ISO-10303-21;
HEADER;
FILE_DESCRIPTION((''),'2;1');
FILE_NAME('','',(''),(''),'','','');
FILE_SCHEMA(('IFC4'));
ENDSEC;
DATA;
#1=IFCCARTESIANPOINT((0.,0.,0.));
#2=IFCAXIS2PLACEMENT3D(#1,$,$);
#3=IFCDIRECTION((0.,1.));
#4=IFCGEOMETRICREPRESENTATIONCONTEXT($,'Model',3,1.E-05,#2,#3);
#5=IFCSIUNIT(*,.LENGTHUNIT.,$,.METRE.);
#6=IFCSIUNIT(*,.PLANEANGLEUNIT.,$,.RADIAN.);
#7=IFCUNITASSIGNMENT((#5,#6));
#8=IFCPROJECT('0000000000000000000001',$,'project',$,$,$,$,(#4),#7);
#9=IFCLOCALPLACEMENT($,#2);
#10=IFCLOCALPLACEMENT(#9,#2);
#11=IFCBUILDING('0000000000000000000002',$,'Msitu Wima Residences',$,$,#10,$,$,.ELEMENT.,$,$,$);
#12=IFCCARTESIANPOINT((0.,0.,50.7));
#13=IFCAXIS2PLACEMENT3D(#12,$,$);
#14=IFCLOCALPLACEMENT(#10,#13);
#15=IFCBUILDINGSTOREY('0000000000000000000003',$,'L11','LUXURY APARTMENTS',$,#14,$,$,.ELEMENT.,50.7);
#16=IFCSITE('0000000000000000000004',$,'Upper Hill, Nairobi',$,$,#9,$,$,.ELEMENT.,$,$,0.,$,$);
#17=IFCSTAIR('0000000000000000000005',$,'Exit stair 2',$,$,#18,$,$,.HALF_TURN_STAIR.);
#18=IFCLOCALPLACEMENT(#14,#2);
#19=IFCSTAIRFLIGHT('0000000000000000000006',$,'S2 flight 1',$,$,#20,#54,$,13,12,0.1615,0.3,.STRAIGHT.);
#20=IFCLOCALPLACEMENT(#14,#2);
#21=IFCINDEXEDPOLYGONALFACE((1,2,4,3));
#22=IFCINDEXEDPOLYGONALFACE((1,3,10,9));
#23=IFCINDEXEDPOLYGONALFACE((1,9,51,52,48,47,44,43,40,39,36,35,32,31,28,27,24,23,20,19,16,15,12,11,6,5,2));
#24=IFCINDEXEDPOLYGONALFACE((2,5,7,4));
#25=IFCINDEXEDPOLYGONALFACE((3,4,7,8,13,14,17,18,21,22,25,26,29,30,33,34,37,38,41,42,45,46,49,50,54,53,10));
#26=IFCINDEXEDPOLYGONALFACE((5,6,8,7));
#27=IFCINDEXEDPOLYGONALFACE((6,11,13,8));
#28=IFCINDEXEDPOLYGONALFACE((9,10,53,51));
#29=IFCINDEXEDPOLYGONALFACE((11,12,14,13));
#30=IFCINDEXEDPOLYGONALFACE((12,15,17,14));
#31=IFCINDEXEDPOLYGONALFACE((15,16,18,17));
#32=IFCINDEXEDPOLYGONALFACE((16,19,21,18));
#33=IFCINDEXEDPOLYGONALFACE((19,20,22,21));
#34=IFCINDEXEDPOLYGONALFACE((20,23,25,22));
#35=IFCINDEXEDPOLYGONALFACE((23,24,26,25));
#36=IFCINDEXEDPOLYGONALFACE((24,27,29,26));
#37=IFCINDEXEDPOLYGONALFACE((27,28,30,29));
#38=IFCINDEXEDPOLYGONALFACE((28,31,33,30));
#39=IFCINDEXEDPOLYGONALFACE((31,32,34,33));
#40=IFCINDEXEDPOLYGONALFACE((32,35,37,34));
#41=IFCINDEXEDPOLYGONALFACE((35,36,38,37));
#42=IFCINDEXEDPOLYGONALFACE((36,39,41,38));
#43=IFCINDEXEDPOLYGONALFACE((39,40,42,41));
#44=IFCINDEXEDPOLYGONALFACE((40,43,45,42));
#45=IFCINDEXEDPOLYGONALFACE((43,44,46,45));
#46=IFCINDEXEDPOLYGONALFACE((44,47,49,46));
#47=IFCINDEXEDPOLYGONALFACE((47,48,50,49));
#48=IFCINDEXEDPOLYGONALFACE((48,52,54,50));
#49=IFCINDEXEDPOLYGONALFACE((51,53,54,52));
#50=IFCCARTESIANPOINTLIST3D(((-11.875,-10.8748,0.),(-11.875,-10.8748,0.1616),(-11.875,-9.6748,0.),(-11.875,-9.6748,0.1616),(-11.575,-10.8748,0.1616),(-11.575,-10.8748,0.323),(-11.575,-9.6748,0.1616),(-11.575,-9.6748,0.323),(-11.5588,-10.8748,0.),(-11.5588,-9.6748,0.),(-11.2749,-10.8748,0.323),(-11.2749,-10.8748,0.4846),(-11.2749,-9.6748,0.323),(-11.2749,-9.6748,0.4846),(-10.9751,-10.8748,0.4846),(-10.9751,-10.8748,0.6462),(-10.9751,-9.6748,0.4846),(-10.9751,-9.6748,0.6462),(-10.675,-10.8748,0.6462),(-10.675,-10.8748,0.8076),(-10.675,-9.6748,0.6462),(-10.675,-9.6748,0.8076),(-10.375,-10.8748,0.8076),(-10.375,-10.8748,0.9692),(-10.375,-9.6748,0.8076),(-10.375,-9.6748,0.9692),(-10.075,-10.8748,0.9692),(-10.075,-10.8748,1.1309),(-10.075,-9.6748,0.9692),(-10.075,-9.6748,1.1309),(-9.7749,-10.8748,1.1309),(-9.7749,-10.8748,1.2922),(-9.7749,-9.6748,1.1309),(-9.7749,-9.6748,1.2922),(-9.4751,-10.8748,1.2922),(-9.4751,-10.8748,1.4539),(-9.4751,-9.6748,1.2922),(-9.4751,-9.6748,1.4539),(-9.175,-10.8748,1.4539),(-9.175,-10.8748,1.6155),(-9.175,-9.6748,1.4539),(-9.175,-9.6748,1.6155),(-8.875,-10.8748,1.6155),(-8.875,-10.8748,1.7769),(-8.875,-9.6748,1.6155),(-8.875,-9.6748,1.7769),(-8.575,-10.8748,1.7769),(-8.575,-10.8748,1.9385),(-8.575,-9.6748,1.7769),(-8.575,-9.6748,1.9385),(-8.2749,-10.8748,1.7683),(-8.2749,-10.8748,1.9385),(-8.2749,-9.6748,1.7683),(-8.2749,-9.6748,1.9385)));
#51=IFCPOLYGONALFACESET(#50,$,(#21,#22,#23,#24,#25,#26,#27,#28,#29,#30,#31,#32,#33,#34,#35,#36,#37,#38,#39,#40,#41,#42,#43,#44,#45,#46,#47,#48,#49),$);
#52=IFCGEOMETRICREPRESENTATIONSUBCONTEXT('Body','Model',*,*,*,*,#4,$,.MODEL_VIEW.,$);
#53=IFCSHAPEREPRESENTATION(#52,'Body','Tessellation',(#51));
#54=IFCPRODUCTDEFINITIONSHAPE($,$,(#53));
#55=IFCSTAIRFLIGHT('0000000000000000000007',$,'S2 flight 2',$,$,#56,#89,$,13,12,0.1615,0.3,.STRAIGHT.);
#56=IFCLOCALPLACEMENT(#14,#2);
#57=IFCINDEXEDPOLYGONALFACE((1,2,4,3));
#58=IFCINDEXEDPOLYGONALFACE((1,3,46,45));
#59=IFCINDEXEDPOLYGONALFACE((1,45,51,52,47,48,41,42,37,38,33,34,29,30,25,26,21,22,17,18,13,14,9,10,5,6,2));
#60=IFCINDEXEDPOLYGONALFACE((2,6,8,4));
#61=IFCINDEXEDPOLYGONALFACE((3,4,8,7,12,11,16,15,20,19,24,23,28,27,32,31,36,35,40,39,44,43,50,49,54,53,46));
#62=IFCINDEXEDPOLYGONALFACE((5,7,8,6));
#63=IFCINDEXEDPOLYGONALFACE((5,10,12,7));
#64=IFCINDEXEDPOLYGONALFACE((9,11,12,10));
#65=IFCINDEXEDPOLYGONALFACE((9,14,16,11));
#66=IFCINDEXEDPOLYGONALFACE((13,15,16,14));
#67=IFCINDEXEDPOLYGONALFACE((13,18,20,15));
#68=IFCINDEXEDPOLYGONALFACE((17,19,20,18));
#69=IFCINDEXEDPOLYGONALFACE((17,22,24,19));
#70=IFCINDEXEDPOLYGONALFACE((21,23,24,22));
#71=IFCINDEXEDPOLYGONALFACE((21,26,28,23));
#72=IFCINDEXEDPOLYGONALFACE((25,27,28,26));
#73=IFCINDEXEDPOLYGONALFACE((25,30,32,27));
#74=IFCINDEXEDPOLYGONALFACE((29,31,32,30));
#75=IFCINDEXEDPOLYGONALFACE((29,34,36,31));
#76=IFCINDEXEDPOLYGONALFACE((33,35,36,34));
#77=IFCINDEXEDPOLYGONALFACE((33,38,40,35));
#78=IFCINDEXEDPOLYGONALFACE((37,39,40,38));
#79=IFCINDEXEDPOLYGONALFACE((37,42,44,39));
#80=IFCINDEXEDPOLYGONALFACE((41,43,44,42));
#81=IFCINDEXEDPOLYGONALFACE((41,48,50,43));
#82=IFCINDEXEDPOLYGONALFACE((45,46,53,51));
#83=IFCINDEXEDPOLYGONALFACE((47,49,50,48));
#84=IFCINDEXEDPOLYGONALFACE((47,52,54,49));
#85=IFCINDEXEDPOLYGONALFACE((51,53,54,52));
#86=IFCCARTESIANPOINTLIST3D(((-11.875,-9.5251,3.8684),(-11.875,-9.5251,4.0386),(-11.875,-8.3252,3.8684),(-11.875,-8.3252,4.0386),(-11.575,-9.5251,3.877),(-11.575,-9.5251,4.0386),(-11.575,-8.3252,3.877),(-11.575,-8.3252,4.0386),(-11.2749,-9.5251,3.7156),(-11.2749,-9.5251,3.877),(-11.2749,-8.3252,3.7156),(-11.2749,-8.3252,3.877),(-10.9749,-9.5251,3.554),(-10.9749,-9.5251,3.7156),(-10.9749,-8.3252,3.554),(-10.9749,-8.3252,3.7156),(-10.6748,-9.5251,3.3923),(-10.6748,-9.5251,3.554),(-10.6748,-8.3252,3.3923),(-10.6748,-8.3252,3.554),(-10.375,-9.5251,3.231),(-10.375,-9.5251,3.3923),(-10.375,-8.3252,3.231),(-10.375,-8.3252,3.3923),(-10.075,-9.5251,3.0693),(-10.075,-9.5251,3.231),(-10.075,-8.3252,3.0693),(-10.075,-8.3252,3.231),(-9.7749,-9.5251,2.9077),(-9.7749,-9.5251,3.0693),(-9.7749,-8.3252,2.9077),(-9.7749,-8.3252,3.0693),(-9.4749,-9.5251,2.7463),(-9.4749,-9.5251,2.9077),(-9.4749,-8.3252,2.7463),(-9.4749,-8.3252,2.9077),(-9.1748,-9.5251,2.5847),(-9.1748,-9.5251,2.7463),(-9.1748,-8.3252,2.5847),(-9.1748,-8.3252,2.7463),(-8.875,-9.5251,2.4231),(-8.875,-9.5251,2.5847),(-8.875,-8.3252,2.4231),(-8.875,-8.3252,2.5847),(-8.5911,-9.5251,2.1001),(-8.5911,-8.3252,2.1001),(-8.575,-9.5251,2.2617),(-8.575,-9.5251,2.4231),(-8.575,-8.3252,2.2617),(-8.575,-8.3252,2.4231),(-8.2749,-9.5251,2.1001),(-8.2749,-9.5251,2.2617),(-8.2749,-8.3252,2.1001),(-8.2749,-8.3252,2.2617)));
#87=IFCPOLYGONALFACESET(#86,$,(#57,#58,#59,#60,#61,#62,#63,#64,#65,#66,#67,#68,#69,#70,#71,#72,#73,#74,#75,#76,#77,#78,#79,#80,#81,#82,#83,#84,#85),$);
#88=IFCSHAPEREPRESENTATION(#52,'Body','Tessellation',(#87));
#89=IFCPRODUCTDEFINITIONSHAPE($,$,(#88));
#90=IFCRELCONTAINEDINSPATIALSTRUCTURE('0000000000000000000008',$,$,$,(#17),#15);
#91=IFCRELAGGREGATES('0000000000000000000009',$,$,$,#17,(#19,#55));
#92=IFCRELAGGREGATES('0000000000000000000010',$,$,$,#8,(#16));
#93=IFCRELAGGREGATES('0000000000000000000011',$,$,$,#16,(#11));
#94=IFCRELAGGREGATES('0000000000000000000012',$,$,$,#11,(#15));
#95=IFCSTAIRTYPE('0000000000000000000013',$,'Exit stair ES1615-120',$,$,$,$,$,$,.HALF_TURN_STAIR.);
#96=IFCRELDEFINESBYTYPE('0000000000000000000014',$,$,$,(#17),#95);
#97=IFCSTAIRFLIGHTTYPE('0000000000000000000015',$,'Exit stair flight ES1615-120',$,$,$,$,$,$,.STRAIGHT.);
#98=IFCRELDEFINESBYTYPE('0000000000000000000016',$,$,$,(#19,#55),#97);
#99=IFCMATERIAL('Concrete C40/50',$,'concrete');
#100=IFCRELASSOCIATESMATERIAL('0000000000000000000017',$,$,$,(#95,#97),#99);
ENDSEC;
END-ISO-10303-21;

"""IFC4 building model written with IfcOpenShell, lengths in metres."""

from ifc_helpers import new_model, si_unit, direction, frame, origin, place, context, subcontext, project, spatial, polyline, outline, extrude, material, type_object, element, aggregate, save


model = new_model("IFC4")

# Units and contexts
model_context = context("Model", 3, precision=1e-05, world=origin(), true_north=direction((0.0, 1.0)))
body_context = subcontext(model_context, "Body", "Model", "MODEL_VIEW")
ifc_project = project(units=[si_unit("LENGTHUNIT", "METRE"), si_unit("PLANEANGLEUNIT", "RADIAN")], contexts=[model_context])

# Site, building, storey
site_placement = place(None, origin())
site = spatial("IfcSite", under=ifc_project, at=site_placement, Name="Upper Hill, Nairobi", CompositionType="ELEMENT", RefElevation=0.0)
building_placement = place(site_placement, origin())
building = spatial("IfcBuilding", under=site, at=building_placement, Name="Msitu Wima Residences", CompositionType="ELEMENT")
storey_placement = place(building_placement, frame((0.0, 0.0, 50.7)))
storey = spatial("IfcBuildingStorey", under=building, at=storey_placement, Name="L11", Description="LUXURY APARTMENTS", CompositionType="ELEMENT", Elevation=50.7)

# Stair, stair flights
ifc_material_1 = material(Name="Concrete C40/50", Category="concrete")
stair_type = type_object("IfcStairType", Name="Exit stair ES1615-120", PredefinedType="HALF_TURN_STAIR", material=ifc_material_1)
stair_placement = place(storey_placement, origin())
stair = element("IfcStair", 1, at=stair_placement, inside=storey, type_object=stair_type, Name="Exit stair 2", PredefinedType="HALF_TURN_STAIR")
stair_flight_type = type_object("IfcStairFlightType", Name="Exit stair flight ES1615-120", PredefinedType="STRAIGHT", material=ifc_material_1)
stair_flight_1_placement = place(storey_placement, frame((-11.875, -10.2749, 0.0), z_axis=(0.0, 0.0, 1.0), x_axis=(1.0, 0.0, 0.0)))
stair_flight_1 = element("IfcStairFlight", 2, at=stair_flight_1_placement, type_object=stair_flight_type, Name="S2 flight 1", NumberOfRisers=13, NumberOfTreads=12, PredefinedType="STRAIGHT", RiserHeight=0.1615, TreadLength=0.3, context=body_context, shape_type="SweptSolid", body=[
    extrude(outline(polyline([(0.0, 0.0), (0.0, 0.1616), (0.3, 0.1616), (0.3, 0.323), (0.6001, 0.323), (0.6001, 0.4846), (0.8999, 0.4846), (0.8999, 0.6462), (1.2, 0.6462), (1.2, 0.8076), (1.5, 0.8076), (1.5, 0.9692), (1.8, 0.9692), (1.8, 1.1309), (2.1001, 1.1309), (2.1001, 1.2922), (2.3999, 1.2922), (2.3999, 1.4539), (2.7, 1.4539), (2.7, 1.6155), (3.0, 1.6155), (3.0, 1.7769), (3.3, 1.7769), (3.3, 1.9385), (3.6001, 1.9385), (3.6001, 2.1001), (3.6001, 1.7683), (0.3162, 0.0), (0.0, 0.0)])), frame((0.0, 0.6001, 0.0), z_axis=(0.0, -1.0, 0.0), x_axis=(1.0, 0.0, 0.0)), (0.0, 0.0, 1.0), 1.2),
])
stair_flight_2_placement = place(storey_placement, frame((-8.2749, -8.925, 2.1001), z_axis=(0.0, 0.0, 1.0), x_axis=(-1.0, 0.0, 0.0)))
stair_flight_2 = element("IfcStairFlight", 3, at=stair_flight_2_placement, type_object=stair_flight_type, Name="S2 flight 2", NumberOfRisers=13, NumberOfTreads=12, PredefinedType="STRAIGHT", RiserHeight=0.1615, TreadLength=0.3, context=body_context, shape_type="SweptSolid", body=[
    extrude(outline(polyline([(0.0, 0.0), (0.0, 0.1616), (0.3, 0.1616), (0.3, 0.323), (0.6001, 0.323), (0.6001, 0.4846), (0.8999, 0.4846), (0.8999, 0.6462), (1.2, 0.6462), (1.2, 0.8076), (1.5, 0.8076), (1.5, 0.9692), (1.8, 0.9692), (1.8, 1.1309), (2.1001, 1.1309), (2.1001, 1.2922), (2.3999, 1.2922), (2.3999, 1.4539), (2.7, 1.4539), (2.7, 1.6155), (3.0, 1.6155), (3.0, 1.7769), (3.3, 1.7769), (3.3, 1.9385), (3.6001, 1.9385), (3.6001, 2.1001), (3.6001, 1.7683), (0.3162, 0.0), (0.0, 0.0)])), frame((0.0, 0.6001, 0.0), z_axis=(0.0, -1.0, 0.0), x_axis=(1.0, 0.0, 0.0)), (0.0, 0.0, 1.0), 1.2),
])
aggregate(stair, [stair_flight_1, stair_flight_2])

save(model, "model.ifc")
